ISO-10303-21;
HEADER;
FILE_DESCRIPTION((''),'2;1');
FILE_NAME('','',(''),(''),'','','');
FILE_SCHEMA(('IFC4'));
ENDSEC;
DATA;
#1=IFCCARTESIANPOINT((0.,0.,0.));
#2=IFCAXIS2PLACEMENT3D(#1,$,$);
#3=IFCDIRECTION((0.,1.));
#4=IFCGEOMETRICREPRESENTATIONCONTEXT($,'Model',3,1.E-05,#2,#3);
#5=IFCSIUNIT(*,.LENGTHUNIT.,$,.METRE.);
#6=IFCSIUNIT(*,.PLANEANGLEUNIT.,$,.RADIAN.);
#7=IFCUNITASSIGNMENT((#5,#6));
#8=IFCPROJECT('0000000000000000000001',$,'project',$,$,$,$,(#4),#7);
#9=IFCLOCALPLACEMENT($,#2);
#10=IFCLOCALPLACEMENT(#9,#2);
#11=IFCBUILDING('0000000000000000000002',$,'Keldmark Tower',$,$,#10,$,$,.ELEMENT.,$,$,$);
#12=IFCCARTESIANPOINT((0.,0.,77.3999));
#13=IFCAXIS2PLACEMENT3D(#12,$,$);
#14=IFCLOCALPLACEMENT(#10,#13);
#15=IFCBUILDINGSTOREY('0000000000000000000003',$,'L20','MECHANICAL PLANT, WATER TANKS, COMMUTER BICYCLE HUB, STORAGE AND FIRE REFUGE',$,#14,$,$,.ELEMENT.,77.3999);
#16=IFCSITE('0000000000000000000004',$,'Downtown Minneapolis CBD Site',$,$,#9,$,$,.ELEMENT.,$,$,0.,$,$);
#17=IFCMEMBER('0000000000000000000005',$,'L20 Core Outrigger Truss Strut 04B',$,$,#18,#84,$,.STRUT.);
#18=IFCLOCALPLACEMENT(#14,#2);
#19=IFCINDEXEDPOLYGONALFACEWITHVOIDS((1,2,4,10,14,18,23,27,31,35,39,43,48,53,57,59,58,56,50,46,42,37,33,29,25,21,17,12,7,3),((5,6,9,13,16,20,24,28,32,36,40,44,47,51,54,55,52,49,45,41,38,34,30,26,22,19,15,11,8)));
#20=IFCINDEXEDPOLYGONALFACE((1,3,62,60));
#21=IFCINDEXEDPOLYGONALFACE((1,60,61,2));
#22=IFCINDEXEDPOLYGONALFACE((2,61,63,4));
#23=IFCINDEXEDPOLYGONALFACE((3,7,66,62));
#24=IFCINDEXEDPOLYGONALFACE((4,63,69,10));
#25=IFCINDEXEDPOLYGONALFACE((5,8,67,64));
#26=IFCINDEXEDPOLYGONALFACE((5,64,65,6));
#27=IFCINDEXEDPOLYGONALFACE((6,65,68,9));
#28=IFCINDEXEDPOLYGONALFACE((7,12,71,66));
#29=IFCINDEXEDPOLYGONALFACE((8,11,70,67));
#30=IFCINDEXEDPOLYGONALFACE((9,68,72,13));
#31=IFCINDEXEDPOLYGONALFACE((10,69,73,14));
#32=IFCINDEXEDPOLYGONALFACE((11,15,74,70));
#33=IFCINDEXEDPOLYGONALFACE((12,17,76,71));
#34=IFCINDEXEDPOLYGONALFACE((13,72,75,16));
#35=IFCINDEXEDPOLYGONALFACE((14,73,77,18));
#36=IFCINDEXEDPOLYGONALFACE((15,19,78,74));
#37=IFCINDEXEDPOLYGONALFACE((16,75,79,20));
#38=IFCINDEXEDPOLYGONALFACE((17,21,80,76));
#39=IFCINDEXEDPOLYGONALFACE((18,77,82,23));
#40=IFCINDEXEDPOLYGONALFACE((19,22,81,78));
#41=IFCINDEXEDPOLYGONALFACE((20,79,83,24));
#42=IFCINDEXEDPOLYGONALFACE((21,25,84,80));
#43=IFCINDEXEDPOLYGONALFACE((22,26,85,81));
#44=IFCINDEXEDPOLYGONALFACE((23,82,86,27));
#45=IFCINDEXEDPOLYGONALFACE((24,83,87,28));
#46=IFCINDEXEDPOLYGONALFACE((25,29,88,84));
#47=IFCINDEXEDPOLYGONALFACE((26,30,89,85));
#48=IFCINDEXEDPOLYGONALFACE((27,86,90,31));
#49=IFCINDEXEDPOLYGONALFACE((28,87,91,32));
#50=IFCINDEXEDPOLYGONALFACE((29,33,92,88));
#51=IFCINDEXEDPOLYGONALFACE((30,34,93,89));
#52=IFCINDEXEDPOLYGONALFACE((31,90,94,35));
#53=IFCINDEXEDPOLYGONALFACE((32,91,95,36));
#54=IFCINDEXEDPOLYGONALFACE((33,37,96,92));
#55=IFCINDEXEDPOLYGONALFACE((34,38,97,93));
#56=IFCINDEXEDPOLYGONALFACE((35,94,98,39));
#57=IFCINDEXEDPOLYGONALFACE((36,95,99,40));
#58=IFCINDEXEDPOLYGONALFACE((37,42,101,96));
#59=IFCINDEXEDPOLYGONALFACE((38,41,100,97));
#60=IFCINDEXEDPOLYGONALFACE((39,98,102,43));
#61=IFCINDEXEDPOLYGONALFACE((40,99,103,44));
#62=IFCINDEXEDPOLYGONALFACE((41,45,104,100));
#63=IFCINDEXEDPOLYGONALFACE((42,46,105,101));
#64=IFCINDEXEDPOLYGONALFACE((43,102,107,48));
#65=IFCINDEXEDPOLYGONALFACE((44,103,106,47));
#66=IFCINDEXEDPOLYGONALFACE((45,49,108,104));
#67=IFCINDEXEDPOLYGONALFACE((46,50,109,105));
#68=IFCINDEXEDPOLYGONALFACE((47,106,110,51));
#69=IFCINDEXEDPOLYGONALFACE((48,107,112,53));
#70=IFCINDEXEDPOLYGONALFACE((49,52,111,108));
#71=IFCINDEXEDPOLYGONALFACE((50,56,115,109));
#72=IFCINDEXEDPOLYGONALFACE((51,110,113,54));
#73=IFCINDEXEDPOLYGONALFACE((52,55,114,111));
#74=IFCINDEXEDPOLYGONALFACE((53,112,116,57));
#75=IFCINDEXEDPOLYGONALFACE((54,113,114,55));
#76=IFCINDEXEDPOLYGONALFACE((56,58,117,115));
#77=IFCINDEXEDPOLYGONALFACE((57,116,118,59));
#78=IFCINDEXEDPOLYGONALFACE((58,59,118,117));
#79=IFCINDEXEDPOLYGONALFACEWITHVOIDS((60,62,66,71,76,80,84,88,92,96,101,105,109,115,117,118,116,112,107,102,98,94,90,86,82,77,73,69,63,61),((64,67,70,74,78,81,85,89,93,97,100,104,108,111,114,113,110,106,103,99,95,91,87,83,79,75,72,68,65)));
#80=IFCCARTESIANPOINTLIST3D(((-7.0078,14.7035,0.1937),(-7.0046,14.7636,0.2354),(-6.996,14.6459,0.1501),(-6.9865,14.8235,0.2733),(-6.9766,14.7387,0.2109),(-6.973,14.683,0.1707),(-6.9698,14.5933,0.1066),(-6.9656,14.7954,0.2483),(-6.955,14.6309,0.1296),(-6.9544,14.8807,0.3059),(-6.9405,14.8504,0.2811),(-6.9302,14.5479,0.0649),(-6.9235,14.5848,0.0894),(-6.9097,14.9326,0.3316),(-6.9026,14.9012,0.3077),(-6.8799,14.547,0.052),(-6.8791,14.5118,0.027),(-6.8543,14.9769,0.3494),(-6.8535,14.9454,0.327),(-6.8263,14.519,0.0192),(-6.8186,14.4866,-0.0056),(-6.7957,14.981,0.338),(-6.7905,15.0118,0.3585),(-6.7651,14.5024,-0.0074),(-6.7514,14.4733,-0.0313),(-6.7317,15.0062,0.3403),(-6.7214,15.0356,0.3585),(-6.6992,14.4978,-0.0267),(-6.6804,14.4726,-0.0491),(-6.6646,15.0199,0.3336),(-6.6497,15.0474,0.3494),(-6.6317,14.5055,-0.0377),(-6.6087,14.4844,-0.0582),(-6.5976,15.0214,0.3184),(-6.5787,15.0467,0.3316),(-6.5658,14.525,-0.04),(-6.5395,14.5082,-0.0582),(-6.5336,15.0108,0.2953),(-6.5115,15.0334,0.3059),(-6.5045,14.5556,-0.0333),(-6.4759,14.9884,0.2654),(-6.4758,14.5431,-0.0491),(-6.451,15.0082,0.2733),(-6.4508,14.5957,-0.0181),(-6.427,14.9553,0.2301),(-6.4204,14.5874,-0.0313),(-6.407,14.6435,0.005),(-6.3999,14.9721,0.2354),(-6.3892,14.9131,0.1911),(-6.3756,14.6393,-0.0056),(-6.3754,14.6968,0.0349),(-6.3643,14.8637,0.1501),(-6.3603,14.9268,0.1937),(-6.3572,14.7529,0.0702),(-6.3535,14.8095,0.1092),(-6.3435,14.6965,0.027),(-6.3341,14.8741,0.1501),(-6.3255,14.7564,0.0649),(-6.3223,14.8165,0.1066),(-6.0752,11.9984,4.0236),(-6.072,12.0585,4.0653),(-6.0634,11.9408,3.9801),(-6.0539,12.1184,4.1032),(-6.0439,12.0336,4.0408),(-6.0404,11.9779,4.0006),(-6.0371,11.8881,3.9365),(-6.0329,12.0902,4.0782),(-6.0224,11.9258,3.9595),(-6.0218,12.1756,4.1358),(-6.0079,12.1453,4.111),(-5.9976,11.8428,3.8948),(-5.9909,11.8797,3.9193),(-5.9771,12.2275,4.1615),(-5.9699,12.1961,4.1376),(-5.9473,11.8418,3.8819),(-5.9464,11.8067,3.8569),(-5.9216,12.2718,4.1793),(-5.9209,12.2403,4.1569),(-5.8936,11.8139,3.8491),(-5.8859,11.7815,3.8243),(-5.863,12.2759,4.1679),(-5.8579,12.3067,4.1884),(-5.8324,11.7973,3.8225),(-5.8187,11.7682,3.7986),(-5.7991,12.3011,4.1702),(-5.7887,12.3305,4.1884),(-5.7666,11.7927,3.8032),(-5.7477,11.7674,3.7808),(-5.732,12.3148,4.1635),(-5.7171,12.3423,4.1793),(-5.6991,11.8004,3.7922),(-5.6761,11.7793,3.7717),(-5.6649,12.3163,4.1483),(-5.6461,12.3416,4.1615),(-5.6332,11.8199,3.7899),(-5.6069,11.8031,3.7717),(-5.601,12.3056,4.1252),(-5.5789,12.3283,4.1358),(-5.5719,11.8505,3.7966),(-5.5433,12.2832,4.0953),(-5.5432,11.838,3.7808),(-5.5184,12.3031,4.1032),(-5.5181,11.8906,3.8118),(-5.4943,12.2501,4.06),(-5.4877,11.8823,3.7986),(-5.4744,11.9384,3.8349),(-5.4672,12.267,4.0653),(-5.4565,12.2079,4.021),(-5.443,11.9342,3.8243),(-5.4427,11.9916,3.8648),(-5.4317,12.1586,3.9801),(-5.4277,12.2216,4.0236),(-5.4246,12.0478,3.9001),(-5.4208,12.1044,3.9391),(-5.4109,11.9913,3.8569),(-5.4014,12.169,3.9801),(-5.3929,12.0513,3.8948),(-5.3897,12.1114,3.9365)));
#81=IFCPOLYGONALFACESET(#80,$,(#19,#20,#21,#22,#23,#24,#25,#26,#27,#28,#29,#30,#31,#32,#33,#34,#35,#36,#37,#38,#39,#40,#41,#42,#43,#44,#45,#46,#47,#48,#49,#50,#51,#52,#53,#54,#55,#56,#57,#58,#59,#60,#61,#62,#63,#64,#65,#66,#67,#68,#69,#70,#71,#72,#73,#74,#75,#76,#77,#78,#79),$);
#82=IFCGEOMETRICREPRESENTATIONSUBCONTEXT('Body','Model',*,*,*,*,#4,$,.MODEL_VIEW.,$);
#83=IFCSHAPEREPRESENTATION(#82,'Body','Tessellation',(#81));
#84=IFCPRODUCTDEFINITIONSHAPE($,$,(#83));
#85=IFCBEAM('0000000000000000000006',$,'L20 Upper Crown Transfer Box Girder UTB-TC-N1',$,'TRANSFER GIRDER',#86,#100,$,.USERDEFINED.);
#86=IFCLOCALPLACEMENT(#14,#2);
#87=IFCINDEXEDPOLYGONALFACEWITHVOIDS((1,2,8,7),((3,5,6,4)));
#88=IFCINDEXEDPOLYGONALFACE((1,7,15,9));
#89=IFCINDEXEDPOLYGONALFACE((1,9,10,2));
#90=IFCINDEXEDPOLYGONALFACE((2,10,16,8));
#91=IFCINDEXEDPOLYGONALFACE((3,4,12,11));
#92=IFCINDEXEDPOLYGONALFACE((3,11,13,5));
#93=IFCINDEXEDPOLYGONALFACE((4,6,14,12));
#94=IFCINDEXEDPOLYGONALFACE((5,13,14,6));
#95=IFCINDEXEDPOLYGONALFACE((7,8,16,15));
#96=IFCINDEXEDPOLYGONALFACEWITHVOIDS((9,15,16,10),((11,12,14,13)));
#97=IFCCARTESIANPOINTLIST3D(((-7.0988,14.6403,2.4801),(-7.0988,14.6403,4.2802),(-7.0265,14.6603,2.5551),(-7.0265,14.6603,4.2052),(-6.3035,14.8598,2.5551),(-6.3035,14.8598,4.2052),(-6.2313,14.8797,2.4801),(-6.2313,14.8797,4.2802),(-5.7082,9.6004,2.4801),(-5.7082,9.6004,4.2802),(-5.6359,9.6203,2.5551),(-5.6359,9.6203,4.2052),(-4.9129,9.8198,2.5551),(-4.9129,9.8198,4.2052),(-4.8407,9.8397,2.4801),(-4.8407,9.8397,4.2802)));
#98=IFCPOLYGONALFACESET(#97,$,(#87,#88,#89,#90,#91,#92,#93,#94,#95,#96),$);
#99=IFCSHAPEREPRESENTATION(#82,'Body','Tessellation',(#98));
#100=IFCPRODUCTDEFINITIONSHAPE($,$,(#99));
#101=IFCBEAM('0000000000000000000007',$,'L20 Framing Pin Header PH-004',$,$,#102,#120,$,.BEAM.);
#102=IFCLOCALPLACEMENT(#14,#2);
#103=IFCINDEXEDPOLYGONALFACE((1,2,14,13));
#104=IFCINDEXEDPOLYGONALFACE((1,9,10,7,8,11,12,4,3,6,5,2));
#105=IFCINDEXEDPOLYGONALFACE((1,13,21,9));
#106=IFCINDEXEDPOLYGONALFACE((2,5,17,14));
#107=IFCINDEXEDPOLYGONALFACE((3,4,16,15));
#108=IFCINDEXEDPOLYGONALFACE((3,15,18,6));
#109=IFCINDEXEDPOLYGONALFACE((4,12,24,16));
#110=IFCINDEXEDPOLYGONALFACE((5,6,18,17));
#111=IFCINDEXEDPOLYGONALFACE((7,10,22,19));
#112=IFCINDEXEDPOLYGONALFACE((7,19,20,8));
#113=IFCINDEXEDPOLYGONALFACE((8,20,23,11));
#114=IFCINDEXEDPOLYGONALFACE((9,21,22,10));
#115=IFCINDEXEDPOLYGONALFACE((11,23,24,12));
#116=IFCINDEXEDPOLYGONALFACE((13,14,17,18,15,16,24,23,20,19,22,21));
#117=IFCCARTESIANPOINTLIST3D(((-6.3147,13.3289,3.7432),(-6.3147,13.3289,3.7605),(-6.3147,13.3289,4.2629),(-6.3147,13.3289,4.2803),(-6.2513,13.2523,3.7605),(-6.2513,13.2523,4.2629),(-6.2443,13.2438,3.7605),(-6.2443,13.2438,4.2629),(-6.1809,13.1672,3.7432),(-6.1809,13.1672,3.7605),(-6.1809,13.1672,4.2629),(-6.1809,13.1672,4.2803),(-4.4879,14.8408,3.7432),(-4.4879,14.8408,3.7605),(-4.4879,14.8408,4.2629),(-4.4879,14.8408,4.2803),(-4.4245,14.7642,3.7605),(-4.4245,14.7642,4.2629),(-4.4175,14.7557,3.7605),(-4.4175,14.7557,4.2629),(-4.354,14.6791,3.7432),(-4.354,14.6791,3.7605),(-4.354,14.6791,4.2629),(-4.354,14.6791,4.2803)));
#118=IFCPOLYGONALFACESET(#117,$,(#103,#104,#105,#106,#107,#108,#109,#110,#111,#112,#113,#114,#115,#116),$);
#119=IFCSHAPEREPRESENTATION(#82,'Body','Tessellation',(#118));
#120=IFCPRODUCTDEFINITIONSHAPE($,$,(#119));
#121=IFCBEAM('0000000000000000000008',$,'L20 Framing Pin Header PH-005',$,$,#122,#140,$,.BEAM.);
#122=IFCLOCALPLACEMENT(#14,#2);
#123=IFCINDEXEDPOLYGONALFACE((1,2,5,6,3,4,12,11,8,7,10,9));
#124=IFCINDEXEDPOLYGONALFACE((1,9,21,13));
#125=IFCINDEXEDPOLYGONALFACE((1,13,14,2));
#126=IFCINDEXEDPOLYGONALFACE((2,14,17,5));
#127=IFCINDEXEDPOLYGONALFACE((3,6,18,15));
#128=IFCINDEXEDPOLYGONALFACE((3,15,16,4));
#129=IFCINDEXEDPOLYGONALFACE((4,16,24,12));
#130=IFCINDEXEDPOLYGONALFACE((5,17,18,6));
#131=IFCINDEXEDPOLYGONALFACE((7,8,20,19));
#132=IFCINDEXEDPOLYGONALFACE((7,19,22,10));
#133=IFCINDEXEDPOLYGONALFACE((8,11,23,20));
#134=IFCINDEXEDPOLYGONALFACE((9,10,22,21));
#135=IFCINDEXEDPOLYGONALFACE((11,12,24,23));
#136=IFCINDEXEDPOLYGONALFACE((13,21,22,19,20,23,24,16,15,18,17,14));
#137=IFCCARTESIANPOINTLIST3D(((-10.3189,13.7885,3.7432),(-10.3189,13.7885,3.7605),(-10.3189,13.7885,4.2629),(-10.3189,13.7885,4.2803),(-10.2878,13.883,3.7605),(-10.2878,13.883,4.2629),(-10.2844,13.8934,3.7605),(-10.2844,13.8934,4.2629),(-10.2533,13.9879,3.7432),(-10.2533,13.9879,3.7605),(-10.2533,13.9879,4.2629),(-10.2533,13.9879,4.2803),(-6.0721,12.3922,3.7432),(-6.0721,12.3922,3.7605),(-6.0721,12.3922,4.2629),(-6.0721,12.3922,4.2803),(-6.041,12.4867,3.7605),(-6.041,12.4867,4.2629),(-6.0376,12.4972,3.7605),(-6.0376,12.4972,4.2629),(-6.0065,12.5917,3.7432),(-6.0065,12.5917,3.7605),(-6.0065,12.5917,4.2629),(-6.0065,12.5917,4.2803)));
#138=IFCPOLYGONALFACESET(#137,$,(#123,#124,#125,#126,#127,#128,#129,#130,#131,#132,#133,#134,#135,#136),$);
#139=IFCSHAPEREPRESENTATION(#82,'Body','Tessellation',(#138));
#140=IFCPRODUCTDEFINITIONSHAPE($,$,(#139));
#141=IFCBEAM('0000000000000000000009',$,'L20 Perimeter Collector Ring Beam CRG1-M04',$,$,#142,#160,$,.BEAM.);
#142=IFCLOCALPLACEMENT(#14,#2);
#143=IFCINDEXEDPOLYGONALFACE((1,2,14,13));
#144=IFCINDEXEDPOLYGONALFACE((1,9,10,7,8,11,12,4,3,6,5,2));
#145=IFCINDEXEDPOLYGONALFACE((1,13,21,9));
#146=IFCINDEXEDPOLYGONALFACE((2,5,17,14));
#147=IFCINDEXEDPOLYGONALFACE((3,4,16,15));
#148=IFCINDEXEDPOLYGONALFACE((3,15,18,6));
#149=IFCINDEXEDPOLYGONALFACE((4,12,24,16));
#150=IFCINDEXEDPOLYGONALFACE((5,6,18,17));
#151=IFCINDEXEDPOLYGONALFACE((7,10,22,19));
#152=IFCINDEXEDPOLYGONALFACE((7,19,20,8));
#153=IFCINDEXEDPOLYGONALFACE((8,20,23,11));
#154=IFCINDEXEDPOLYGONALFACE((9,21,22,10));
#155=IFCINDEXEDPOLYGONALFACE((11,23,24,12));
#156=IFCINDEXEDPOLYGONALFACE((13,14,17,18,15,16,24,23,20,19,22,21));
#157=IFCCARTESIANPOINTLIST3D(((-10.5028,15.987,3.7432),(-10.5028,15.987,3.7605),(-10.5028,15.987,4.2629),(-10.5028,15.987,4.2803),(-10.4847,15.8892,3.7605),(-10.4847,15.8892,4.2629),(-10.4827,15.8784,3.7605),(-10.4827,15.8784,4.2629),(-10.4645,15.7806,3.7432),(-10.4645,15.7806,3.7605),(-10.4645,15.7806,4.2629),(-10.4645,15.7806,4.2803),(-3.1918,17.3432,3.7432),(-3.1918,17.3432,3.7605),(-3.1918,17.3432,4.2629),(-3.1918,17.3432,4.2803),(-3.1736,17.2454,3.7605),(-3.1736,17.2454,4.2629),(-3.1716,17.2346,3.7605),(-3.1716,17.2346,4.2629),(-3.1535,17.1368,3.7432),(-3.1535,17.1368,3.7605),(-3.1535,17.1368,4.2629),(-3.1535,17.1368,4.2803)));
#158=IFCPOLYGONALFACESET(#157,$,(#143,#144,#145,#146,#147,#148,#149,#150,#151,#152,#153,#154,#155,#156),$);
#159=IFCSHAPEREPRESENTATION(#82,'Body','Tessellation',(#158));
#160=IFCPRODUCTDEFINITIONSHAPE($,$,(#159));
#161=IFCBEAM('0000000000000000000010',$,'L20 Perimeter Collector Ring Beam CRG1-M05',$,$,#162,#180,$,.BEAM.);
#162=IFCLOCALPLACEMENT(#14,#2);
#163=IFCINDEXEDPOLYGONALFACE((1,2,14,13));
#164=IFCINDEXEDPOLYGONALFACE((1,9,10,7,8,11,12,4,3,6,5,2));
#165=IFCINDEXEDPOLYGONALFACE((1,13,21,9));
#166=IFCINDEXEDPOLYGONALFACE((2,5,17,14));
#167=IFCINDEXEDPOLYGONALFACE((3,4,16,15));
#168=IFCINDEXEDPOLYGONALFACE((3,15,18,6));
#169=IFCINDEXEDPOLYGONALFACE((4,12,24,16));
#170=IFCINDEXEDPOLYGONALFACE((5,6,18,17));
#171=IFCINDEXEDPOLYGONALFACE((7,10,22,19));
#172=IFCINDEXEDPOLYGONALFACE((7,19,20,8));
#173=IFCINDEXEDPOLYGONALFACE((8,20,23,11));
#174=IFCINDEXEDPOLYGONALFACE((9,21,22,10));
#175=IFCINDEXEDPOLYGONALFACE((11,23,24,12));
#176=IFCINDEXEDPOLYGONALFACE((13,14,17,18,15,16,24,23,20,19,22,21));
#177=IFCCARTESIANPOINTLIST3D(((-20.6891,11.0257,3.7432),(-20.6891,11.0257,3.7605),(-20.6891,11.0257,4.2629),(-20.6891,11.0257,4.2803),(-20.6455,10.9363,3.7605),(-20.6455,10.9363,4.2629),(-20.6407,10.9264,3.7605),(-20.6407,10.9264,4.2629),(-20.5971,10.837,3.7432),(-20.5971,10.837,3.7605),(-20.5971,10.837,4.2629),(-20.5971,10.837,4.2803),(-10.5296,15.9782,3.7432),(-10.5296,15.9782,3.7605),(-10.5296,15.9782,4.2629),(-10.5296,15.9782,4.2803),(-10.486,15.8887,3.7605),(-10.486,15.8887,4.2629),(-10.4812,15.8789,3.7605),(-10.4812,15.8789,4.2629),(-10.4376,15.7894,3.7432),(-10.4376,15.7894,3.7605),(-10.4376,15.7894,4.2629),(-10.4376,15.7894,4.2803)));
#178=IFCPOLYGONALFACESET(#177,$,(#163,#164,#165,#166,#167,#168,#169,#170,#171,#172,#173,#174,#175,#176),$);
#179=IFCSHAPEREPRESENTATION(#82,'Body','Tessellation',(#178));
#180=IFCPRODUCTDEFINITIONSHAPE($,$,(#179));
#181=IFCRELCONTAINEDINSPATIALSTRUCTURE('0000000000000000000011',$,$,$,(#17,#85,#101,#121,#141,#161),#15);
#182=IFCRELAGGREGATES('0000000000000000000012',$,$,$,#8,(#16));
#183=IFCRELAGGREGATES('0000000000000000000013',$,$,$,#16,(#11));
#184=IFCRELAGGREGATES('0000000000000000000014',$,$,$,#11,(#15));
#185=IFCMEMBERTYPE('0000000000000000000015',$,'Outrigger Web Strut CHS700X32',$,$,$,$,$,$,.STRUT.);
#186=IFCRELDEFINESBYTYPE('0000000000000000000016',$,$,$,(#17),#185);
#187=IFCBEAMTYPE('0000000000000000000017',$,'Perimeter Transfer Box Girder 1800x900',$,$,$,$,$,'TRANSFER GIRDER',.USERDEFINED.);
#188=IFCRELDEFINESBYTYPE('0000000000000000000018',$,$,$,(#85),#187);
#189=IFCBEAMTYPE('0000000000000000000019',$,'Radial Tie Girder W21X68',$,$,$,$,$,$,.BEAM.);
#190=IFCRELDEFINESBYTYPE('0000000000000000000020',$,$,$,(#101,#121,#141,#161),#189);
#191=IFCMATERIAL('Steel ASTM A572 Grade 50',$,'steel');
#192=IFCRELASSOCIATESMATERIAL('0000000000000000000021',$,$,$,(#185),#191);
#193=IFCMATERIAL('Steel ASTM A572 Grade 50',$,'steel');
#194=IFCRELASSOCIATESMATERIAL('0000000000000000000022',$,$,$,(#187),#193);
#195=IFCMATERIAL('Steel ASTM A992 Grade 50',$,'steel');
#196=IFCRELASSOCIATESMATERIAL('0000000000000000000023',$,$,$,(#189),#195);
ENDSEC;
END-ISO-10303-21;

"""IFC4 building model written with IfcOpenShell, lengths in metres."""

from ifc_helpers import new_model, si_unit, direction, frame, origin, origin_2d, place, context, subcontext, project, spatial, hollow_rectangle, hollow_circle, i_section, extrude, material, material_profile, profile_set, type_object, element, save


model = new_model("IFC4")

# Units and contexts
model_context = context("Model", 3, precision=1e-05, world=origin(), true_north=direction((0.0, 1.0)))
body_context = subcontext(model_context, "Body", "Model", "MODEL_VIEW")
ifc_project = project(units=[si_unit("LENGTHUNIT", "METRE"), si_unit("PLANEANGLEUNIT", "RADIAN")], contexts=[model_context])

# Site, building, storey
site_placement = place(None, origin())
site = spatial("IfcSite", under=ifc_project, at=site_placement, Name="Downtown Minneapolis CBD Site", CompositionType="ELEMENT", RefElevation=0.0)
building_placement = place(site_placement, origin())
building = spatial("IfcBuilding", under=site, at=building_placement, Name="Keldmark Tower", CompositionType="ELEMENT")
storey_placement = place(building_placement, frame((0.0, 0.0, 77.3999)))
storey = spatial("IfcBuildingStorey", under=building, at=storey_placement, Name="L20", Description="MECHANICAL PLANT, WATER TANKS, COMMUTER BICYCLE HUB, STORAGE AND FIRE REFUGE", CompositionType="ELEMENT", Elevation=77.3999)

# Member
ifc_material_1 = material(Name="Steel ASTM A572 Grade 50", Category="steel")
ifc_material_profile_1 = material_profile(ifc_material_1, hollow_circle(Radius=0.3501, WallThickness=0.032, at=origin_2d()), Name="CHS700X32")
ifc_profile_set_1 = profile_set([ifc_material_profile_1], Name="Steel ASTM A572 Grade 50")
member_type_1 = type_object("IfcMemberType", Name="Outrigger Web Strut CHS700X32", PredefinedType="STRUT", material=ifc_profile_set_1)
member_1_placement = place(storey_placement, frame((-6.665, 14.76, 0.1501), z_axis=(0.195081, -0.565836, 0.801107), x_axis=(0.945391, 0.325938, 0.0)))
element("IfcMember", 1, at=member_1_placement, inside=storey, type_object=member_type_1, Name="L20 Core Outrigger Truss Strut 04B", PredefinedType="STRUT", context=body_context, shape_type="SweptSolid", body=[
    extrude(hollow_circle(Radius=0.3501, WallThickness=0.032, at=origin_2d()), origin(), (0.0, 0.0, 1.0), 4.7808),
])

# Beams
ifc_material_2 = material(Name="Steel ASTM A572 Grade 50", Category="steel")
ifc_material_profile_2 = material_profile(ifc_material_2, hollow_rectangle(XDim=0.8999, YDim=1.8, WallThickness=0.075, at=origin_2d()), Name="TBOX1800X900X75")
ifc_profile_set_2 = profile_set([ifc_material_profile_2], Name="Steel ASTM A572 Grade 50")
beam_type_1 = type_object("IfcBeamType", Name="Perimeter Transfer Box Girder 1800x900", ElementType="TRANSFER GIRDER", PredefinedType="USERDEFINED", material=ifc_profile_set_2)
beam_1_placement = place(storey_placement, frame((-6.665, 14.76, 3.3801), z_axis=(0.265977, -0.963979, 0.0), x_axis=(0.963979, 0.265977, 0.0)))
element("IfcBeam", 2, at=beam_1_placement, inside=storey, type_object=beam_type_1, Name="L20 Upper Crown Transfer Box Girder UTB-TC-N1", ObjectType="TRANSFER GIRDER", PredefinedType="USERDEFINED", context=body_context, shape_type="SweptSolid", body=[
    extrude(hollow_rectangle(XDim=0.8999, YDim=1.8, WallThickness=0.075, at=origin_2d()), origin(), (0.0, 0.0, 1.0), 5.2283),
])
ifc_material_3 = material(Name="Steel ASTM A992 Grade 50", Category="steel")
ifc_material_profile_3 = material_profile(ifc_material_3, i_section(OverallWidth=0.21, OverallDepth=0.5371, WebThickness=0.011, FlangeThickness=0.0173, at=origin_2d()), Name="W21X68")
ifc_profile_set_3 = profile_set([ifc_material_profile_3], Name="Steel ASTM A992 Grade 50")
beam_type_2 = type_object("IfcBeamType", Name="Radial Tie Girder W21X68", PredefinedType="BEAM", material=ifc_profile_set_3)
beam_2_placement = place(storey_placement, frame((-6.2478, 13.248, 4.0117), z_axis=(0.770386, 0.637578, 0.0), x_axis=(-0.637578, 0.770386, 0.0)))
element("IfcBeam", 3, at=beam_2_placement, inside=storey, type_object=beam_type_2, Name="L20 Framing Pin Header PH-004", PredefinedType="BEAM", context=body_context, shape_type="SweptSolid", body=[
    extrude(i_section(OverallWidth=0.21, OverallDepth=0.5371, WebThickness=0.011, FlangeThickness=0.0173, at=origin_2d()), origin(), (0.0, 0.0, 1.0), 2.3713),
])
beam_3_placement = place(storey_placement, frame((-6.0393, 12.4919, 4.0117), z_axis=(-0.949975, 0.312326, 0.0), x_axis=(-0.312326, -0.949975, 0.0)))
element("IfcBeam", 4, at=beam_3_placement, inside=storey, type_object=beam_type_2, Name="L20 Framing Pin Header PH-005", PredefinedType="BEAM", context=body_context, shape_type="SweptSolid", body=[
    extrude(i_section(OverallWidth=0.21, OverallDepth=0.5371, WebThickness=0.011, FlangeThickness=0.0173, at=origin_2d()), origin(), (0.0, 0.0, 1.0), 4.4705),
])
beam_4_placement = place(storey_placement, frame((-3.1726, 17.24, 4.0117), z_axis=(-0.983226, -0.182389, 0.0), x_axis=(0.182389, -0.983226, 0.0)))
element("IfcBeam", 5, at=beam_4_placement, inside=storey, type_object=beam_type_2, Name="L20 Perimeter Collector Ring Beam CRG1-M04", PredefinedType="BEAM", context=body_context, shape_type="SweptSolid", body=[
    extrude(i_section(OverallWidth=0.21, OverallDepth=0.5371, WebThickness=0.011, FlangeThickness=0.0173, at=origin_2d()), origin(), (0.0, 0.0, 1.0), 7.4358),
])
beam_5_placement = place(storey_placement, frame((-10.4836, 15.8838, 4.0117), z_axis=(-0.898888, -0.438179, 0.0), x_axis=(0.438179, -0.898888, 0.0)))
element("IfcBeam", 6, at=beam_5_placement, inside=storey, type_object=beam_type_2, Name="L20 Perimeter Collector Ring Beam CRG1-M05", PredefinedType="BEAM", context=body_context, shape_type="SweptSolid", body=[
    extrude(i_section(OverallWidth=0.21, OverallDepth=0.5371, WebThickness=0.011, FlangeThickness=0.0173, at=origin_2d()), origin(), (0.0, 0.0, 1.0), 11.3022),
])

save(model, "model.ifc")
